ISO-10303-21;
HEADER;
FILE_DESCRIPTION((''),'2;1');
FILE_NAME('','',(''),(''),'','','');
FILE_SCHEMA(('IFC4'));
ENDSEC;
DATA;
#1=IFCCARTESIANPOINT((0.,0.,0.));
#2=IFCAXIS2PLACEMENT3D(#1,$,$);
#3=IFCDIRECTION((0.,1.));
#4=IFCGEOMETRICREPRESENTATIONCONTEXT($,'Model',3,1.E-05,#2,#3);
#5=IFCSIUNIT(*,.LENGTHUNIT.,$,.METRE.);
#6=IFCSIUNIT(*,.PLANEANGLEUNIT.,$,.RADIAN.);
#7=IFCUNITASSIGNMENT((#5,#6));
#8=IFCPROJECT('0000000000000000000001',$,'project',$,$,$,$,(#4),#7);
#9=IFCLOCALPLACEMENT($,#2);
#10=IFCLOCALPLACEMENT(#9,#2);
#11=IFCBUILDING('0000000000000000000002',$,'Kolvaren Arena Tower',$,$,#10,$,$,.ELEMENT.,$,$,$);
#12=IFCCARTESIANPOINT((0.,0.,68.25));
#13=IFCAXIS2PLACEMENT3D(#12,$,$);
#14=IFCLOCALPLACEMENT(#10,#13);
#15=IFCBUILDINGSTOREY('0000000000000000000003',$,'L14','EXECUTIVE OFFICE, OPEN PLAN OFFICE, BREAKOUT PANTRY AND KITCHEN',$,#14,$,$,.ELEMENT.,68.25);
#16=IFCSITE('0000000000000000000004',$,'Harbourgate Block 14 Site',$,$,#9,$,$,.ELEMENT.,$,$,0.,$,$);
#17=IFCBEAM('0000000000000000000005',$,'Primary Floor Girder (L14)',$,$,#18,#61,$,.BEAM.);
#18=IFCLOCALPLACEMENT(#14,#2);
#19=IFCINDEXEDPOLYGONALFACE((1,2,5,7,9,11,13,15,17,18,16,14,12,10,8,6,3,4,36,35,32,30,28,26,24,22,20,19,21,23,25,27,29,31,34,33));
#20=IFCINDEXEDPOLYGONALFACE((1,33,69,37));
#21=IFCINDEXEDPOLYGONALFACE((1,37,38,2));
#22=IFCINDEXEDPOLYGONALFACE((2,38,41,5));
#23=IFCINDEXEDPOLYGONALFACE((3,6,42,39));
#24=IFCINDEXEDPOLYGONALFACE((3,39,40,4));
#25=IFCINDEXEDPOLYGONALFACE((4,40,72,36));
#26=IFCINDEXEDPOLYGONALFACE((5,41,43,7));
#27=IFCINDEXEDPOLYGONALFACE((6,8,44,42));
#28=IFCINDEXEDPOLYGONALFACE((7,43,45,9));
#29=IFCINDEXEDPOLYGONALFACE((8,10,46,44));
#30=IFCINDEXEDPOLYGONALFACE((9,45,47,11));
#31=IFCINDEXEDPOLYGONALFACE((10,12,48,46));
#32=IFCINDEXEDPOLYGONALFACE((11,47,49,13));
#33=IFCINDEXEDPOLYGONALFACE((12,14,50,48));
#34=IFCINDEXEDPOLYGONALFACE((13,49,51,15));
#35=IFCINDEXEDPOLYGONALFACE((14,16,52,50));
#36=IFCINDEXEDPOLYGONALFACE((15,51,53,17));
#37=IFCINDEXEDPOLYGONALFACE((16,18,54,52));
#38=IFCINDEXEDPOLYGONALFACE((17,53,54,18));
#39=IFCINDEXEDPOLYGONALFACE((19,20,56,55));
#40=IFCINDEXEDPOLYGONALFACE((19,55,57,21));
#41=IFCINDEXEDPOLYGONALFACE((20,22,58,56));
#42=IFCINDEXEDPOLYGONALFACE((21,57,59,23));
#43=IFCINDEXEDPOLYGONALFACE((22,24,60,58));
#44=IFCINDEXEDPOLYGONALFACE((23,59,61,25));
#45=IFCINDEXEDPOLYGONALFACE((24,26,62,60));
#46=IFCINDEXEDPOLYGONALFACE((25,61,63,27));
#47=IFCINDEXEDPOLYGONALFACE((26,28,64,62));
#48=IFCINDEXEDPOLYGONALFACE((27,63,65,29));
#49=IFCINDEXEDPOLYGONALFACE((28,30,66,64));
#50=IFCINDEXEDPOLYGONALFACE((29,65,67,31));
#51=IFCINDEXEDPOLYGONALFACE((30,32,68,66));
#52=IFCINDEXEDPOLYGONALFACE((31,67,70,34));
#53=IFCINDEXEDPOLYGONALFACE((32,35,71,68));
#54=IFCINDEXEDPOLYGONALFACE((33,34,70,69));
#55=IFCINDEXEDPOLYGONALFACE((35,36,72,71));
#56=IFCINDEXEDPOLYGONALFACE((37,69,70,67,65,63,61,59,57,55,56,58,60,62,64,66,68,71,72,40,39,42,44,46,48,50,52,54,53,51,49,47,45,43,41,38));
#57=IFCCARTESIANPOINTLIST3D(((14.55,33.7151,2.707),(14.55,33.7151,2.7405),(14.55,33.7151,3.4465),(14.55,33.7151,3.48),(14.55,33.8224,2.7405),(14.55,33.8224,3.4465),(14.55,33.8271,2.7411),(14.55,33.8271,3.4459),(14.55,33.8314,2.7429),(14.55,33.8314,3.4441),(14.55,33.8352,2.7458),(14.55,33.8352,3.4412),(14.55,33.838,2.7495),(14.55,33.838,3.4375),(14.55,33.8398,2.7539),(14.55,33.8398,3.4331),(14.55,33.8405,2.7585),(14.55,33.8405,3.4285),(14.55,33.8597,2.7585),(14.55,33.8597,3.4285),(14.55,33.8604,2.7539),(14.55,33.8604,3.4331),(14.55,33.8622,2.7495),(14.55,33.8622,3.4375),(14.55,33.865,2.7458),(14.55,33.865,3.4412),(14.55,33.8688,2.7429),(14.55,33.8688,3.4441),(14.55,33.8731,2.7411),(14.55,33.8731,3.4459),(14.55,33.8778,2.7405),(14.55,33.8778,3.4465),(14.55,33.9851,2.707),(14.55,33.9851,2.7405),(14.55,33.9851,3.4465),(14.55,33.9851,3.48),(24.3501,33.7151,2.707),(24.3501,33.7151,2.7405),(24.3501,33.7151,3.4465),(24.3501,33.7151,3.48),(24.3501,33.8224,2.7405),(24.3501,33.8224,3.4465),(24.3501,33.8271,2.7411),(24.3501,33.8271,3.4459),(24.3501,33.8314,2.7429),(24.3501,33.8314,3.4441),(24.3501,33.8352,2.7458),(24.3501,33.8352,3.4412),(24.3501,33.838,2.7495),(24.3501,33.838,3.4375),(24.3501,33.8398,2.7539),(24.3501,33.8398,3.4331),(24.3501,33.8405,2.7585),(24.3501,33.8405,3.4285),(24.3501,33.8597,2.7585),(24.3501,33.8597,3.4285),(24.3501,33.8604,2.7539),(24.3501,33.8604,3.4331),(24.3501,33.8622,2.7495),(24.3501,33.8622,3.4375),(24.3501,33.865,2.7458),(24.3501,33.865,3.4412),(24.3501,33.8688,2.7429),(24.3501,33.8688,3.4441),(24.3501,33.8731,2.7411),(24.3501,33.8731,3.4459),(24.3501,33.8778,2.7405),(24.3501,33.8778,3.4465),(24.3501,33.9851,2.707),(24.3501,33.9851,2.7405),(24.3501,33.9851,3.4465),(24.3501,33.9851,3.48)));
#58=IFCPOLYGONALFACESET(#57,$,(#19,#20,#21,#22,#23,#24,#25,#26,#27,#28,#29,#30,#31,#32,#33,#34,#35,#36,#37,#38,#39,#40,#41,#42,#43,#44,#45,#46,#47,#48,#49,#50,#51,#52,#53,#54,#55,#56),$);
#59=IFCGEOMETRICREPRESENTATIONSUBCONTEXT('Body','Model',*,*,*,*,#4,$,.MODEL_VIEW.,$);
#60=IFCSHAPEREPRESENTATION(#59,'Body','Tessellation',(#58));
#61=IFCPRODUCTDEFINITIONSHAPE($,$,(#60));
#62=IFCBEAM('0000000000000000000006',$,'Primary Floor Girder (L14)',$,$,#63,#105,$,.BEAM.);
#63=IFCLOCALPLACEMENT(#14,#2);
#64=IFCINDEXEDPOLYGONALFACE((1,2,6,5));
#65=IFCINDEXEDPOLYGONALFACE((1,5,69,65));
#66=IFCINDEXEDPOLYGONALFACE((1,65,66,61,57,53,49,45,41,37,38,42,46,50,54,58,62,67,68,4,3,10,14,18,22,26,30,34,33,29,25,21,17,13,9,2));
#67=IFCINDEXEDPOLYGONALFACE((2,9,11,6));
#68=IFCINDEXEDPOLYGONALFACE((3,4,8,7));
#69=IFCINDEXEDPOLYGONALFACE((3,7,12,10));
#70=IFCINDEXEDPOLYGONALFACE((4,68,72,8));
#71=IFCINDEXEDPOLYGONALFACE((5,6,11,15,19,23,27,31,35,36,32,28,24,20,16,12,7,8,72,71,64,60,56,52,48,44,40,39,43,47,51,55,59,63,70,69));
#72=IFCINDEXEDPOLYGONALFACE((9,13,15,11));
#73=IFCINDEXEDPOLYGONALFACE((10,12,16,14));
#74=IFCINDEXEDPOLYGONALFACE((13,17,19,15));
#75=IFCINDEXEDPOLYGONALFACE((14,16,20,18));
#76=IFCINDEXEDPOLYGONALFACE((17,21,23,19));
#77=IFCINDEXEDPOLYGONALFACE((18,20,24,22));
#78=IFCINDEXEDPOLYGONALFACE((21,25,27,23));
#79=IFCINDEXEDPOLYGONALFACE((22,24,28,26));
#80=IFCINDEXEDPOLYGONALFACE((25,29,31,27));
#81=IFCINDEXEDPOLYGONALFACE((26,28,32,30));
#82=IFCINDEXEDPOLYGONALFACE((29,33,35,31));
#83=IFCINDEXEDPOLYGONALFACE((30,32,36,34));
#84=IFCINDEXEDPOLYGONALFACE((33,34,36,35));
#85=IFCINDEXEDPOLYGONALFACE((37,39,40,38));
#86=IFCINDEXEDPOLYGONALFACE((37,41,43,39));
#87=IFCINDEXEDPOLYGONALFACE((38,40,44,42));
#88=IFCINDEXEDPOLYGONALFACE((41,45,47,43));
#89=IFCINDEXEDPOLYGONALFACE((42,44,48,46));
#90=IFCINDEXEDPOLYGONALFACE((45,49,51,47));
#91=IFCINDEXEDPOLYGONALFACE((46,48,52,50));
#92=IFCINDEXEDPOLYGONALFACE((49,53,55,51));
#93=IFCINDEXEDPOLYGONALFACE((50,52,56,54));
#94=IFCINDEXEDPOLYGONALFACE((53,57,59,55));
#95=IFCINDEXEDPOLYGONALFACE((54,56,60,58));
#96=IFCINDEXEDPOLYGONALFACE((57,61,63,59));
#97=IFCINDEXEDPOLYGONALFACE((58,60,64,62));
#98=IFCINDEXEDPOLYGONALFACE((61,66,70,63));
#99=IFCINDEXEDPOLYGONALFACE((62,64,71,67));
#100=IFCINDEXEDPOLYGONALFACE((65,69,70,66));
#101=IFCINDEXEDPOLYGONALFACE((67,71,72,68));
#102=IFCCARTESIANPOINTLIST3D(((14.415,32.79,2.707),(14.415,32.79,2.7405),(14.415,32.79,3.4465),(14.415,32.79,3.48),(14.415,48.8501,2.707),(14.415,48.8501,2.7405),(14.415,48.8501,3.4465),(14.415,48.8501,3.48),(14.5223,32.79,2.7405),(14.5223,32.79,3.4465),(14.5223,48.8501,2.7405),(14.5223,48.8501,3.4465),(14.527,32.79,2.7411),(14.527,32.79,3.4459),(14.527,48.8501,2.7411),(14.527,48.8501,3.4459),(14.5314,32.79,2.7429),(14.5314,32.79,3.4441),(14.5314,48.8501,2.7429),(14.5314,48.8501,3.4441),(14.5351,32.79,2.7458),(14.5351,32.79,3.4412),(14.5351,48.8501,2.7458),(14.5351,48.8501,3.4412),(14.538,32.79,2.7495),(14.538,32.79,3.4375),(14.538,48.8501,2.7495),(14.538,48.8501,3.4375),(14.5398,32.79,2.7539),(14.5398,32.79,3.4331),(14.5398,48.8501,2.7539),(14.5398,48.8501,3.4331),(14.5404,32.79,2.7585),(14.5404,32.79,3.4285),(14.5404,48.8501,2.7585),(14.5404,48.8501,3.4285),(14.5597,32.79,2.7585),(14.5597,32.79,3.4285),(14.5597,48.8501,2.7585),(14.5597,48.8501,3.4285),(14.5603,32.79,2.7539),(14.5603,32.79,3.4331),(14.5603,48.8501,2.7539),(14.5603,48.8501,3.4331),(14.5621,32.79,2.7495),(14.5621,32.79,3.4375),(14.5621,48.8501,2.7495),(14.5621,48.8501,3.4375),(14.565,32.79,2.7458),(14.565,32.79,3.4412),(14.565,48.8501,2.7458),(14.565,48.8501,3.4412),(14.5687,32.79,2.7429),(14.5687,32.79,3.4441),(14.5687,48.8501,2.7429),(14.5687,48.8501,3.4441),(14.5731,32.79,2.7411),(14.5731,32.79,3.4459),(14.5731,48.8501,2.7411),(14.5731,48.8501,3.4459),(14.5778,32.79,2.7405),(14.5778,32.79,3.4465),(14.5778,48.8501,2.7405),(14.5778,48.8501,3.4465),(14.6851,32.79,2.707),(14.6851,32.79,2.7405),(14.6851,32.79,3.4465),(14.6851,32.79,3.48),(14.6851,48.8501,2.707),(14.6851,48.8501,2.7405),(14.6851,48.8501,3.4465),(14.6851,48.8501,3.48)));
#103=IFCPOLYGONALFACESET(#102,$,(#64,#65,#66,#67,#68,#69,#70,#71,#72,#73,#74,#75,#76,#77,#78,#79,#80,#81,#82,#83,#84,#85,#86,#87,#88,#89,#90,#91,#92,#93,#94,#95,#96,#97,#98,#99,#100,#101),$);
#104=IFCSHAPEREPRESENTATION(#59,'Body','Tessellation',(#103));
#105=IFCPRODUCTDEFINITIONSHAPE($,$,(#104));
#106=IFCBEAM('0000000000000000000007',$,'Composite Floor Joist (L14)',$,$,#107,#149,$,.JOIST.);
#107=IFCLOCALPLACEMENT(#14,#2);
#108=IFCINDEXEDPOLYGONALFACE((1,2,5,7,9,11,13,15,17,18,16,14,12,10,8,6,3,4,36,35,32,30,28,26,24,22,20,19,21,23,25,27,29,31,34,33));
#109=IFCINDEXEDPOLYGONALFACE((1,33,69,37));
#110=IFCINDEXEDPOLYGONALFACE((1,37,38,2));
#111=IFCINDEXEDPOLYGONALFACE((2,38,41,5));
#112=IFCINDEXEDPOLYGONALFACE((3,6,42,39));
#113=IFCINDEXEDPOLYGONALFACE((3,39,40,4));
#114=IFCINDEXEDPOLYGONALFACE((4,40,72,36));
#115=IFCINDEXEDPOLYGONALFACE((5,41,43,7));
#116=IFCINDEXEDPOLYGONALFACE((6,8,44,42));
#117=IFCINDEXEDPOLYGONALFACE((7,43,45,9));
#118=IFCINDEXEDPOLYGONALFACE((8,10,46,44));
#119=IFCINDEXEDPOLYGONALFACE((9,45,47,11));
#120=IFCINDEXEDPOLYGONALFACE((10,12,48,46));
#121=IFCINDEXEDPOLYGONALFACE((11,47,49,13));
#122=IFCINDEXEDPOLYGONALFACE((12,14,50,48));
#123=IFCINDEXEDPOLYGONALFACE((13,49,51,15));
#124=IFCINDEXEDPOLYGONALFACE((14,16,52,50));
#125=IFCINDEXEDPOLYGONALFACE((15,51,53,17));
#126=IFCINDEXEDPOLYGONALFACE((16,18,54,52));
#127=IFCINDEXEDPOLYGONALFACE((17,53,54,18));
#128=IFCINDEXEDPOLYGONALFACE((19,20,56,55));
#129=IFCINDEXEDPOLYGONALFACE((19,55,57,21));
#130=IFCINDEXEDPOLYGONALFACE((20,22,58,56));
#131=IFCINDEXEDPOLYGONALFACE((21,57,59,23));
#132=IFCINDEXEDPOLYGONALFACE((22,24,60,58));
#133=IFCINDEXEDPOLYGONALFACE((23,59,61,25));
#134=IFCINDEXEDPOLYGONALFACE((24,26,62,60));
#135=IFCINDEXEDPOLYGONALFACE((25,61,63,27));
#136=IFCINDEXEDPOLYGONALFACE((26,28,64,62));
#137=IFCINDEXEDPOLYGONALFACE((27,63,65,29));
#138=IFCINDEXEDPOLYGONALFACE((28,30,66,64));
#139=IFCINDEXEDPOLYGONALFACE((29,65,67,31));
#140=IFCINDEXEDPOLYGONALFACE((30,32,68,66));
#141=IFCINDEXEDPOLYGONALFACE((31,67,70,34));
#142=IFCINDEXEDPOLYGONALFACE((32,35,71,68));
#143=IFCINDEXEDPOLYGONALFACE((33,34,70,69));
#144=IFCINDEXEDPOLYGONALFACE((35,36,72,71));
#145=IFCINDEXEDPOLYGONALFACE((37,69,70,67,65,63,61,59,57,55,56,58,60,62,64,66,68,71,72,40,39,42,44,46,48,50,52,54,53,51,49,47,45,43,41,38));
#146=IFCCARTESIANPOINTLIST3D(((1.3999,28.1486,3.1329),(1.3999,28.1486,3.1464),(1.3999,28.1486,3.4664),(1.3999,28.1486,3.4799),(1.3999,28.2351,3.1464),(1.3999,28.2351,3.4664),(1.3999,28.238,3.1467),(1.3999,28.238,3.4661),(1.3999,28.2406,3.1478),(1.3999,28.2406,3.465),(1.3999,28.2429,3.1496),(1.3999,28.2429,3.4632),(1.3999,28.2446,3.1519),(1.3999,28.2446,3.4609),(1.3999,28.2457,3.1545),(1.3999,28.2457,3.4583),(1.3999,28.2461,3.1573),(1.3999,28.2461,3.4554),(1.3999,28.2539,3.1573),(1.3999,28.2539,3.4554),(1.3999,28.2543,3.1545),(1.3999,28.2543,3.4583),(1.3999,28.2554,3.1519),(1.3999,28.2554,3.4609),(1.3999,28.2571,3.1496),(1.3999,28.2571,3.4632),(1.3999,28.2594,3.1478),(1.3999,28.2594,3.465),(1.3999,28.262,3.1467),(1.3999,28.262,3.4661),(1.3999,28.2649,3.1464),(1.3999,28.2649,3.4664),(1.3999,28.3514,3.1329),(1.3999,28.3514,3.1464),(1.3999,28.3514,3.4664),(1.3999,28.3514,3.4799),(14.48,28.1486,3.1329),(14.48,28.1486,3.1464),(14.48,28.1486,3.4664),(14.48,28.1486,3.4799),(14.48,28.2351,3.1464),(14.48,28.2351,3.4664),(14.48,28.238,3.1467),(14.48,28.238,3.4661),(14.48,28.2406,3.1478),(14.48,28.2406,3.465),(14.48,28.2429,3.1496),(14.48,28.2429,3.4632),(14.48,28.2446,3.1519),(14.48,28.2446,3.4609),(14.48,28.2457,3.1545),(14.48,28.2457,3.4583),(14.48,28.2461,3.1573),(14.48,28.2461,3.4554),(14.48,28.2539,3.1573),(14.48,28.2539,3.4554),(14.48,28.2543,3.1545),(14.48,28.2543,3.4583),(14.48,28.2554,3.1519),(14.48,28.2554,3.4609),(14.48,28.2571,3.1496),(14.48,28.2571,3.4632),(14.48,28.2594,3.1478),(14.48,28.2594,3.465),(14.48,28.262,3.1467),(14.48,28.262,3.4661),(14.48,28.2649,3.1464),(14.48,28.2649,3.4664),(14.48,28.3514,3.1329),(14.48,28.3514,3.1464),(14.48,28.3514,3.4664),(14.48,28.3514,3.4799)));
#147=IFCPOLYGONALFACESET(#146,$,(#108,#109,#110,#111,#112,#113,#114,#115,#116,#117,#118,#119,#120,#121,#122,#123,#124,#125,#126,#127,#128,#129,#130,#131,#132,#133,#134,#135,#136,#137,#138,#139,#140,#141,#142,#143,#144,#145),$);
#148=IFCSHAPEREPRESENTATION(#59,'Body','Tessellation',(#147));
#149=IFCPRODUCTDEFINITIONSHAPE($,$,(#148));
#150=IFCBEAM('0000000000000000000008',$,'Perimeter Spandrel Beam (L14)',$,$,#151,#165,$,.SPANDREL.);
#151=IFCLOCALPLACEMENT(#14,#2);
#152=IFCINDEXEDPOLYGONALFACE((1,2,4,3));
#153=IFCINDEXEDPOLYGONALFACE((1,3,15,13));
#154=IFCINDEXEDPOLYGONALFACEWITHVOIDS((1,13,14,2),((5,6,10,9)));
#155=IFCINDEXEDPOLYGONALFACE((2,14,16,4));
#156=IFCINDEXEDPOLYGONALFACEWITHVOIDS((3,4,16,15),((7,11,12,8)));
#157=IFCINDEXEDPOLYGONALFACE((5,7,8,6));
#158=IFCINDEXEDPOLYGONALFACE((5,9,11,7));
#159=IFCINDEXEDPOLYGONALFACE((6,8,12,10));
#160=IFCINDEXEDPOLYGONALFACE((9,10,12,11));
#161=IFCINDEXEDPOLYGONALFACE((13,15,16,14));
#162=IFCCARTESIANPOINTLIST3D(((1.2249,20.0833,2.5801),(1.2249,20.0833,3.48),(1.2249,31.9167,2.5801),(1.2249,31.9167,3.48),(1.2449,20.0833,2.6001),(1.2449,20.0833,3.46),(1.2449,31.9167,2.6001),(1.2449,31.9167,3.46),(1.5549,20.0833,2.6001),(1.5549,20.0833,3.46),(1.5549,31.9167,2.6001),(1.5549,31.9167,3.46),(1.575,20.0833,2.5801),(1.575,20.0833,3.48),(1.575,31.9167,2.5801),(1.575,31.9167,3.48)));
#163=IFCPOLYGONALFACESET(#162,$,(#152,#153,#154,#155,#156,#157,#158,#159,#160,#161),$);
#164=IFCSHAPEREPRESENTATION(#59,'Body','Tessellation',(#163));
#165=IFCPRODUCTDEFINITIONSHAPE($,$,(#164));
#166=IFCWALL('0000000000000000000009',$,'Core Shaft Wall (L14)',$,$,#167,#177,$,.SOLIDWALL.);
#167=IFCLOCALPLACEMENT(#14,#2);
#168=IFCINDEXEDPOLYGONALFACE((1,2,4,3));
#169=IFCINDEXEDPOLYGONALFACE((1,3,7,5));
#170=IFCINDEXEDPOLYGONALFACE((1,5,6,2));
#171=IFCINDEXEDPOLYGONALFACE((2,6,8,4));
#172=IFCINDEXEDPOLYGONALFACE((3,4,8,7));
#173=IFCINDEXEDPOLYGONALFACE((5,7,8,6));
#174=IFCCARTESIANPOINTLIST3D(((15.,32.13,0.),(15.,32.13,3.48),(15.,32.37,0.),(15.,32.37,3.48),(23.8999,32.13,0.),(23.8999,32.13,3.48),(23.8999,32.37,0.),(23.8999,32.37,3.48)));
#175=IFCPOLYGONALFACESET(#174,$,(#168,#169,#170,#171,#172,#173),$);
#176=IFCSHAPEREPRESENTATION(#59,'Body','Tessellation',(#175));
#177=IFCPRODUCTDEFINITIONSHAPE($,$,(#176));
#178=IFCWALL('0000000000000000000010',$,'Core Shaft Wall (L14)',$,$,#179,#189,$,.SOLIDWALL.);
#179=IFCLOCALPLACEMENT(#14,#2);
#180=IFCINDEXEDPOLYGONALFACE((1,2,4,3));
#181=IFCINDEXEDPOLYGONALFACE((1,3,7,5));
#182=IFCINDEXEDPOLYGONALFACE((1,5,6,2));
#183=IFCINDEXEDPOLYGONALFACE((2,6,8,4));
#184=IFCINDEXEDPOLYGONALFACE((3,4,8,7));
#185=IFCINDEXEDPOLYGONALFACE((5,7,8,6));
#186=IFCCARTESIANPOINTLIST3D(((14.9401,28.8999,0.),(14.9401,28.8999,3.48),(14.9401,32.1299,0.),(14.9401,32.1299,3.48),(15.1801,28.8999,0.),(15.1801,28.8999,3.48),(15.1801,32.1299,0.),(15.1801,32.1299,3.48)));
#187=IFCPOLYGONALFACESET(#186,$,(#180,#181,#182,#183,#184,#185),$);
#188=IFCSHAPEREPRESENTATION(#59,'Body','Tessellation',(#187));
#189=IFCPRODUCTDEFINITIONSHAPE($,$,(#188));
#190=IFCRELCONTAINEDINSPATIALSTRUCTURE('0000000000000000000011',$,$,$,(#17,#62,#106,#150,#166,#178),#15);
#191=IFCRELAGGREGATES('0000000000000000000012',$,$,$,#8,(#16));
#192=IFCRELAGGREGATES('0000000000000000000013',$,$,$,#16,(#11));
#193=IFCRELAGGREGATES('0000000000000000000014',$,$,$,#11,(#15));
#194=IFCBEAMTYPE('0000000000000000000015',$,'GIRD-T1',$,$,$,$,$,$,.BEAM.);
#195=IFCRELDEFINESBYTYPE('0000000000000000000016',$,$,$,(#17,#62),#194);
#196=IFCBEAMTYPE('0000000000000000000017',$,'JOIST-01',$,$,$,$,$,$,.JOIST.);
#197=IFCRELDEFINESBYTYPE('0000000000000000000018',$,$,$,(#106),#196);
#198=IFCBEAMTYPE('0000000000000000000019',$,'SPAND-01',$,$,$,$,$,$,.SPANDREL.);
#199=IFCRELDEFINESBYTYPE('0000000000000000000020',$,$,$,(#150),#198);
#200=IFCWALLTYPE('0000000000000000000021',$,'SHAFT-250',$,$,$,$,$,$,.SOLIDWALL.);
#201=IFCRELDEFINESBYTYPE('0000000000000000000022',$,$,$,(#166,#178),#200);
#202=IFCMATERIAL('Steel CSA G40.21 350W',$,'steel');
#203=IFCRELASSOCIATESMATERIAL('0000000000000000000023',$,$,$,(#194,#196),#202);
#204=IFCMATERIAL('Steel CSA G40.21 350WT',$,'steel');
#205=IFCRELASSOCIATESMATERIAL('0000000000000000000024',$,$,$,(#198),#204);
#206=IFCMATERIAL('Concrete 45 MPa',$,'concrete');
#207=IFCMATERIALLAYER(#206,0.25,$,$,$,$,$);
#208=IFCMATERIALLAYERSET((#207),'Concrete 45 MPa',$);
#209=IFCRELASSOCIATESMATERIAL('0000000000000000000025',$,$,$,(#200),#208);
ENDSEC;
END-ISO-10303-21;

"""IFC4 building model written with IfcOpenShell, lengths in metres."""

from ifc_helpers import new_model, si_unit, direction, frame, frame_2d, origin, origin_2d, place, context, subcontext, project, spatial, rectangle, hollow_rectangle, i_section, extrude, material, layer, layer_set, material_profile, profile_set, type_object, element, save


model = new_model("IFC4")

# Units and contexts
model_context = context("Model", 3, precision=1e-05, world=origin(), true_north=direction((0.0, 1.0)))
body_context = subcontext(model_context, "Body", "Model", "MODEL_VIEW")
ifc_project = project(units=[si_unit("LENGTHUNIT", "METRE"), si_unit("PLANEANGLEUNIT", "RADIAN")], contexts=[model_context])

# Site, building, storey
site_placement = place(None, origin())
site = spatial("IfcSite", under=ifc_project, at=site_placement, Name="Harbourgate Block 14 Site", CompositionType="ELEMENT", RefElevation=0.0)
building_placement = place(site_placement, origin())
building = spatial("IfcBuilding", under=site, at=building_placement, Name="Kolvaren Arena Tower", CompositionType="ELEMENT")
storey_placement = place(building_placement, frame((0.0, 0.0, 68.25)))
storey = spatial("IfcBuildingStorey", under=building, at=storey_placement, Name="L14", Description="EXECUTIVE OFFICE, OPEN PLAN OFFICE, BREAKOUT PANTRY AND KITCHEN", CompositionType="ELEMENT", Elevation=68.25)

# Beams
ifc_material_1 = material(Name="Steel CSA G40.21 350W", Category="steel")
ifc_material_profile_1 = material_profile(ifc_material_1, i_section(OverallWidth=0.27, OverallDepth=0.7729, WebThickness=0.0193, FlangeThickness=0.0334, FilletRadius=0.0181, at=origin_2d()), Name="W760x257")
ifc_profile_set_1 = profile_set([ifc_material_profile_1], Name="Steel CSA G40.21 350W")
beam_type_1 = type_object("IfcBeamType", Name="GIRD-T1", PredefinedType="BEAM", material=ifc_profile_set_1)
beam_1_placement = place(storey_placement, frame((14.55, 33.8501, 3.0935), z_axis=(1.0, 0.0, 0.0), x_axis=(0.0, 1.0, 0.0)))
element("IfcBeam", 1, at=beam_1_placement, inside=storey, type_object=beam_type_1, Name="Primary Floor Girder (L14)", PredefinedType="BEAM", context=body_context, shape_type="SweptSolid", body=[
    extrude(i_section(OverallWidth=0.27, OverallDepth=0.7729, WebThickness=0.0193, FlangeThickness=0.0334, FilletRadius=0.0181, at=origin_2d()), origin(), (0.0, 0.0, 1.0), 9.8),
])
beam_2_placement = place(storey_placement, frame((14.55, 32.79, 3.0935), z_axis=(0.0, 1.0, 0.0), x_axis=(-1.0, 0.0, 0.0)))
element("IfcBeam", 2, at=beam_2_placement, inside=storey, type_object=beam_type_1, Name="Primary Floor Girder (L14)", PredefinedType="BEAM", context=body_context, shape_type="SweptSolid", body=[
    extrude(i_section(OverallWidth=0.27, OverallDepth=0.7729, WebThickness=0.0193, FlangeThickness=0.0334, FilletRadius=0.0181, at=origin_2d()), origin(), (0.0, 0.0, 1.0), 16.0601),
])
ifc_material_profile_2 = material_profile(ifc_material_1, i_section(OverallWidth=0.2029, OverallDepth=0.3469, WebThickness=0.0078, FlangeThickness=0.0134, FilletRadius=0.011, at=origin_2d()), Name="W360x64")
ifc_profile_set_2 = profile_set([ifc_material_profile_2], Name="Steel CSA G40.21 350W")
beam_type_2 = type_object("IfcBeamType", Name="JOIST-01", PredefinedType="JOIST", material=ifc_profile_set_2)
beam_3_placement = place(storey_placement, frame((1.3999, 28.25, 3.3064), z_axis=(1.0, 0.0, 0.0), x_axis=(0.0, 1.0, 0.0)))
element("IfcBeam", 3, at=beam_3_placement, inside=storey, type_object=beam_type_2, Name="Composite Floor Joist (L14)", PredefinedType="JOIST", context=body_context, shape_type="SweptSolid", body=[
    extrude(i_section(OverallWidth=0.2029, OverallDepth=0.3469, WebThickness=0.0078, FlangeThickness=0.0134, FilletRadius=0.011, at=origin_2d()), origin(), (0.0, 0.0, 1.0), 13.0801),
])
ifc_material_2 = material(Name="Steel CSA G40.21 350WT", Category="steel")
ifc_material_profile_3 = material_profile(ifc_material_2, hollow_rectangle(XDim=0.3501, YDim=0.8999, WallThickness=0.02, at=origin_2d()), Name="HSS 900x350x20")
ifc_profile_set_3 = profile_set([ifc_material_profile_3], Name="Steel CSA G40.21 350WT")
beam_type_3 = type_object("IfcBeamType", Name="SPAND-01", PredefinedType="SPANDREL", material=ifc_profile_set_3)
beam_4_placement = place(storey_placement, frame((1.3999, 31.9167, 3.03), z_axis=(0.0, -1.0, 0.0), x_axis=(1.0, 0.0, 0.0)))
element("IfcBeam", 4, at=beam_4_placement, inside=storey, type_object=beam_type_3, Name="Perimeter Spandrel Beam (L14)", PredefinedType="SPANDREL", context=body_context, shape_type="SweptSolid", body=[
    extrude(hollow_rectangle(XDim=0.3501, YDim=0.8999, WallThickness=0.02, at=origin_2d()), origin(), (0.0, 0.0, 1.0), 11.8335),
])

# Walls
ifc_material_3 = material(Name="Concrete 45 MPa", Category="concrete")
ifc_layer = layer(ifc_material_3, 0.25)
ifc_layer_set = layer_set([ifc_layer], Name="Concrete 45 MPa")
wall_type = type_object("IfcWallType", Name="SHAFT-250", PredefinedType="SOLIDWALL", material=ifc_layer_set)
wall_1_placement = place(storey_placement, frame((15.0, 32.25, 0.0), z_axis=(0.0, 0.0, 1.0), x_axis=(1.0, 0.0, 0.0)))
element("IfcWall", 5, at=wall_1_placement, inside=storey, type_object=wall_type, Name="Core Shaft Wall (L14)", PredefinedType="SOLIDWALL", context=body_context, shape_type="SweptSolid", body=[
    extrude(rectangle(XDim=8.8999, YDim=0.24, at=frame_2d((4.45, 0.0))), origin(), (0.0, 0.0, 1.0), 3.48),
])
wall_2_placement = place(storey_placement, frame((15.0601, 28.8999, 0.0), z_axis=(0.0, 0.0, 1.0), x_axis=(0.0, 1.0, 0.0)))
element("IfcWall", 6, at=wall_2_placement, inside=storey, type_object=wall_type, Name="Core Shaft Wall (L14)", PredefinedType="SOLIDWALL", context=body_context, shape_type="SweptSolid", body=[
    extrude(rectangle(XDim=3.23, YDim=0.24, at=frame_2d((1.615, 0.0))), origin(), (0.0, 0.0, 1.0), 3.48),
])

save(model, "model.ifc")
